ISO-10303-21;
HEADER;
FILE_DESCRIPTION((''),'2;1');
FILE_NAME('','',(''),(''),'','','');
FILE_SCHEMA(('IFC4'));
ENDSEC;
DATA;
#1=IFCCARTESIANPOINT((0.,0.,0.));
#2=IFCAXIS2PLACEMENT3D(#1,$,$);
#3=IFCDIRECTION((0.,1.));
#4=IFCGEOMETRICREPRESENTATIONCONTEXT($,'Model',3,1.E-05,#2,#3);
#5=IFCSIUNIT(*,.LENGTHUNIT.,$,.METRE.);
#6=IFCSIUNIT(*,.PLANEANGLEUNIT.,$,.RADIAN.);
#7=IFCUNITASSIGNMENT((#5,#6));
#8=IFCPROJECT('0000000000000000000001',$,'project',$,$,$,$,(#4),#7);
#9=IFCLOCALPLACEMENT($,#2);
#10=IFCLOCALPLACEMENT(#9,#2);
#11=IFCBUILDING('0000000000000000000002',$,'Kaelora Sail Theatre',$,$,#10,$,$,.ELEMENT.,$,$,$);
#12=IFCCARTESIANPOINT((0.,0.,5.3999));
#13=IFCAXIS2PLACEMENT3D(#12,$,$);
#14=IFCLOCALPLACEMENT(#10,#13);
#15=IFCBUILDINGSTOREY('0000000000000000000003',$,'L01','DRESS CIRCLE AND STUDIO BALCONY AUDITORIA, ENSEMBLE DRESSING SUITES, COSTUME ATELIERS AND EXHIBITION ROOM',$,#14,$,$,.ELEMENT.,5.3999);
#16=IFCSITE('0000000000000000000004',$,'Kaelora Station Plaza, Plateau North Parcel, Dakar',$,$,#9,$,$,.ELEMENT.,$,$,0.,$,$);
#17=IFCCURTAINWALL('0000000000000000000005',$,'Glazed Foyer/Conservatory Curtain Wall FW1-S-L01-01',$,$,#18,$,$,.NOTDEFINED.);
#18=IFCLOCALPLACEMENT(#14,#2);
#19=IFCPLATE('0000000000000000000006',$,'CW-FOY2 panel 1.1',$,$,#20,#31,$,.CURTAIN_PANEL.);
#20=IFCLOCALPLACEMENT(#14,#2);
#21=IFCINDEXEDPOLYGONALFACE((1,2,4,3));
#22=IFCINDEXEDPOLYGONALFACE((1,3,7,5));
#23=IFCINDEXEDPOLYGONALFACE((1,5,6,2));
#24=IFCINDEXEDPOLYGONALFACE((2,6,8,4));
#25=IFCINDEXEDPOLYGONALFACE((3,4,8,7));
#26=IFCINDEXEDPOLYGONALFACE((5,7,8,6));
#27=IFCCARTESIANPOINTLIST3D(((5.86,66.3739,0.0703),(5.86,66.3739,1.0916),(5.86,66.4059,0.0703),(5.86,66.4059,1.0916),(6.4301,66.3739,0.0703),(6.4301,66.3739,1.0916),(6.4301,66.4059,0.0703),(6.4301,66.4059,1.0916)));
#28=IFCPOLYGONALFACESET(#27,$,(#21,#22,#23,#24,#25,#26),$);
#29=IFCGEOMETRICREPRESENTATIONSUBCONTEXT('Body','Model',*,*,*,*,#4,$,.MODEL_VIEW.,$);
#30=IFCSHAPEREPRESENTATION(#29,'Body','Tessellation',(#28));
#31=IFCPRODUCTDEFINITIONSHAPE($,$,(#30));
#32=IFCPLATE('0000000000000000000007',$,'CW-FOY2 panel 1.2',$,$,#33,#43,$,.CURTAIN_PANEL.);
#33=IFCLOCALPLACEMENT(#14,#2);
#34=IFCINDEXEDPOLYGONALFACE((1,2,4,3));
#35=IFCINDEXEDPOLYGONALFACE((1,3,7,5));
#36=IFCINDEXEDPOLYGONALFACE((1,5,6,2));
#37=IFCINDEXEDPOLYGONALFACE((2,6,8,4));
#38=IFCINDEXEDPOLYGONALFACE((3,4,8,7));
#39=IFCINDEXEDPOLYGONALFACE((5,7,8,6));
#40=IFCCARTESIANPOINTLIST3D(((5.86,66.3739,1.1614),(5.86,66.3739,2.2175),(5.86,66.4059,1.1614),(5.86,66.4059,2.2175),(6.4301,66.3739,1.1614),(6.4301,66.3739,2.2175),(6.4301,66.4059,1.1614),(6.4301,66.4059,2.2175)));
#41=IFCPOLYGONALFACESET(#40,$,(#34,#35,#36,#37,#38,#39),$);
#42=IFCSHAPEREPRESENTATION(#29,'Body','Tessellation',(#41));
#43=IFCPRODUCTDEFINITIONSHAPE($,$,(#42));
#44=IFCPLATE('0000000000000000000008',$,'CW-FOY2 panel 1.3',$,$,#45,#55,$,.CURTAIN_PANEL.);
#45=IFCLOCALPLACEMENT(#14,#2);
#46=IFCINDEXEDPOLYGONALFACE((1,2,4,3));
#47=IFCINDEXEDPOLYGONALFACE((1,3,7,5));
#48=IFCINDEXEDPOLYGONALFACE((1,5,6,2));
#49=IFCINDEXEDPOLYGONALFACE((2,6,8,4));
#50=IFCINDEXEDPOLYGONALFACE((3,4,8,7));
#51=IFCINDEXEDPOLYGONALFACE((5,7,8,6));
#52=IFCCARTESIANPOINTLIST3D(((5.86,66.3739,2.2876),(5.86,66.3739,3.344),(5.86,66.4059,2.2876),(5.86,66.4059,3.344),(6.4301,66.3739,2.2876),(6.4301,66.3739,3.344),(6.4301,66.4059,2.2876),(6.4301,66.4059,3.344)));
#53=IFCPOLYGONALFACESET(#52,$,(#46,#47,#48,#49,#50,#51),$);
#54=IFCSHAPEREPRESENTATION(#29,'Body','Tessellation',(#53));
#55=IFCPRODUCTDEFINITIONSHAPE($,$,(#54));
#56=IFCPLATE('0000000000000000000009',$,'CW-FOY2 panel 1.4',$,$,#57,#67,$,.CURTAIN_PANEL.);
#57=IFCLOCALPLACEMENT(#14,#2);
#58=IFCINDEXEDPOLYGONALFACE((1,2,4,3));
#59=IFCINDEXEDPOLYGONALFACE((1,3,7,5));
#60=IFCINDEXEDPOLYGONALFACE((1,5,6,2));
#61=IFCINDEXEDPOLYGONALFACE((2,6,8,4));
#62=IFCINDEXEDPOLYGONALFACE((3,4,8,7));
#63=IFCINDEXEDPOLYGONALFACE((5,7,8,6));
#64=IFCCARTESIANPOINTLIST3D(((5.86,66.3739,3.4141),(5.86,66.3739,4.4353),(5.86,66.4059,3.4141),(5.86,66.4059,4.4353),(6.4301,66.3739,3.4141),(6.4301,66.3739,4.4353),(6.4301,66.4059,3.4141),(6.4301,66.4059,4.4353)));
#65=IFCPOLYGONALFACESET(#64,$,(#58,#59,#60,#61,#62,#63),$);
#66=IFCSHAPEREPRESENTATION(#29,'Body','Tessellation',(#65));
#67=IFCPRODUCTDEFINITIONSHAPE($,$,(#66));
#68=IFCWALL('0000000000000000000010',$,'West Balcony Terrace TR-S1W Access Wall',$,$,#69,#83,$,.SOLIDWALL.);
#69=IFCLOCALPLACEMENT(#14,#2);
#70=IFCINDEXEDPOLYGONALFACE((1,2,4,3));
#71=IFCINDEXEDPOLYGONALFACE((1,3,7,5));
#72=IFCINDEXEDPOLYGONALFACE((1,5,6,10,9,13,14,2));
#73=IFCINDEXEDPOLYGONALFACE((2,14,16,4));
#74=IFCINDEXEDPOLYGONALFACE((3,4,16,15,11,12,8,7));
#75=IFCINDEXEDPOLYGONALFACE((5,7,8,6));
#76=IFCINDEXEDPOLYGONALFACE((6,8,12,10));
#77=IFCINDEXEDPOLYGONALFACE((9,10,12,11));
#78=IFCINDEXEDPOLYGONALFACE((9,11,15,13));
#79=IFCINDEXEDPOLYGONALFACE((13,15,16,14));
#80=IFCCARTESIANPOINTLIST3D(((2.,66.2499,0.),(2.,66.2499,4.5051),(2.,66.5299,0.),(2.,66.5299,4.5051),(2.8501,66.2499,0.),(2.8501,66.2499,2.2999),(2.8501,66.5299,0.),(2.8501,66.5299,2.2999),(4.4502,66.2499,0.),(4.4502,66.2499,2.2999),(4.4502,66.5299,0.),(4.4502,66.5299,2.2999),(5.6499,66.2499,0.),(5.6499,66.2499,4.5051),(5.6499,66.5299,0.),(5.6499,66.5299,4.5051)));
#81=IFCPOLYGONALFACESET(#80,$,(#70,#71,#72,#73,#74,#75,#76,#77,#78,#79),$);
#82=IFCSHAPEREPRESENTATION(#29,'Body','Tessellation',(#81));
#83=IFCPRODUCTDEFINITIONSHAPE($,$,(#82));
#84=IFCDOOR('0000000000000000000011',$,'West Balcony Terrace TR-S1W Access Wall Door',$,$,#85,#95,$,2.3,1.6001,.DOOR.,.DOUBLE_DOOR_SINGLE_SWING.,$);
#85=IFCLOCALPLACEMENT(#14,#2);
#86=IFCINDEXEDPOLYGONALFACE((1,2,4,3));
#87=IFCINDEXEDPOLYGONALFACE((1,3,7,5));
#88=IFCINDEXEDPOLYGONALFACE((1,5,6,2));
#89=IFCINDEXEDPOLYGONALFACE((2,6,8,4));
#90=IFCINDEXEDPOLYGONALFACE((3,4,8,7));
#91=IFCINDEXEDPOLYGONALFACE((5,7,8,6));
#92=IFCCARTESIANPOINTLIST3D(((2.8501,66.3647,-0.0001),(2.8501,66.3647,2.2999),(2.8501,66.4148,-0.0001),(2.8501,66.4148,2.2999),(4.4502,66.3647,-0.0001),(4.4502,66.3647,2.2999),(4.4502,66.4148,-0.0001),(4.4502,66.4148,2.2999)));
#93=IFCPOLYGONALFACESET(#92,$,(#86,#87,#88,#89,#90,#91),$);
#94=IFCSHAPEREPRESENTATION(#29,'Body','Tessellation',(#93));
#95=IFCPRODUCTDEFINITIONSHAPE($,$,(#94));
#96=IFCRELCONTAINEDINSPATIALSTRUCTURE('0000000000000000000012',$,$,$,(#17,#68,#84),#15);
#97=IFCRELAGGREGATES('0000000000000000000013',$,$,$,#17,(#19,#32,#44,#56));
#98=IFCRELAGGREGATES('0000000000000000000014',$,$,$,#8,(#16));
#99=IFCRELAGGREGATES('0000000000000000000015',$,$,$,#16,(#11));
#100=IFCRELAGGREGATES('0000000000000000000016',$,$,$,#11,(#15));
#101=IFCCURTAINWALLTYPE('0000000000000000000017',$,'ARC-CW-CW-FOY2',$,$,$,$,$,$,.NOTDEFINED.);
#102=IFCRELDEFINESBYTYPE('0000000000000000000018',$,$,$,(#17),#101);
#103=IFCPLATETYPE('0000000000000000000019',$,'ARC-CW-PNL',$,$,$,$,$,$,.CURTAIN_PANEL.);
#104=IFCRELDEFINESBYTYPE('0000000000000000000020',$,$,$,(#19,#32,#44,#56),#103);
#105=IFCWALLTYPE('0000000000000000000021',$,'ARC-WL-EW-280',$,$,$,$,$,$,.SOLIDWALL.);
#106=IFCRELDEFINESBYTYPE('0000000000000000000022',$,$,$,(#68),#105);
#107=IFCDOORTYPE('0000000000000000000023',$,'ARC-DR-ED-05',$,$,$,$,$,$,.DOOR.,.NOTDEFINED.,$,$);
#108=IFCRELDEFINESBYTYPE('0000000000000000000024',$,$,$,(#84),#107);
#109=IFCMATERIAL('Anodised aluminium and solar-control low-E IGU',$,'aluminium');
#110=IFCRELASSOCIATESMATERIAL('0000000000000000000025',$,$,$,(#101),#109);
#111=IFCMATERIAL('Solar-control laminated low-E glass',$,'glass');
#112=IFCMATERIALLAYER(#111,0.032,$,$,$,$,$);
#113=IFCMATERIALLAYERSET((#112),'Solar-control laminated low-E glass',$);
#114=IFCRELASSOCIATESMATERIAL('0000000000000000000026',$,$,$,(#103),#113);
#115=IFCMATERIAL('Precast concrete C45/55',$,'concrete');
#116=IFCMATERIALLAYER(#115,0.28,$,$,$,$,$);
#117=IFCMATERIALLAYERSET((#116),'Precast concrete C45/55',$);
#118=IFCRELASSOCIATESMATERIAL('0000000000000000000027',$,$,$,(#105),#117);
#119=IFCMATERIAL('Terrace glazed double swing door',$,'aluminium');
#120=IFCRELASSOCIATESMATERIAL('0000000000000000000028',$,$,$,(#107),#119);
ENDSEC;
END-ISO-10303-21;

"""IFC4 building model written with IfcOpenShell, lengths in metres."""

from ifc_helpers import new_model, si_unit, direction, frame, frame_2d, origin, origin_2d, place, context, subcontext, project, spatial, rectangle, extrude, material, layer, layer_set, type_object, element, fill, aggregate, save


model = new_model("IFC4")

# Units and contexts
model_context = context("Model", 3, precision=1e-05, world=origin(), true_north=direction((0.0, 1.0)))
body_context = subcontext(model_context, "Body", "Model", "MODEL_VIEW")
ifc_project = project(units=[si_unit("LENGTHUNIT", "METRE"), si_unit("PLANEANGLEUNIT", "RADIAN")], contexts=[model_context])

# Site, building, storey
site_placement = place(None, origin())
site = spatial("IfcSite", under=ifc_project, at=site_placement, Name="Kaelora Station Plaza, Plateau North Parcel, Dakar", CompositionType="ELEMENT", RefElevation=0.0)
building_placement = place(site_placement, origin())
building = spatial("IfcBuilding", under=site, at=building_placement, Name="Kaelora Sail Theatre", CompositionType="ELEMENT")
storey_placement = place(building_placement, frame((0.0, 0.0, 5.3999)))
storey = spatial("IfcBuildingStorey", under=building, at=storey_placement, Name="L01", Description="DRESS CIRCLE AND STUDIO BALCONY AUDITORIA, ENSEMBLE DRESSING SUITES, COSTUME ATELIERS AND EXHIBITION ROOM", CompositionType="ELEMENT", Elevation=5.3999)

# Curtain wall
ifc_material_1 = material(Name="Anodised aluminium and solar-control low-E IGU", Category="aluminium")
curtain_wall_type = type_object("IfcCurtainWallType", Name="ARC-CW-CW-FOY2", PredefinedType="NOTDEFINED", material=ifc_material_1)
curtain_wall_placement = place(storey_placement, origin())
curtain_wall = element("IfcCurtainWall", 1, at=curtain_wall_placement, inside=storey, type_object=curtain_wall_type, Name="Glazed Foyer/Conservatory Curtain Wall FW1-S-L01-01", PredefinedType="NOTDEFINED")

# Plates
ifc_material_2 = material(Name="Solar-control laminated low-E glass", Category="glass")
ifc_layer_1 = layer(ifc_material_2, 0.032)
ifc_layer_set_1 = layer_set([ifc_layer_1], Name="Solar-control laminated low-E glass")
plate_type = type_object("IfcPlateType", Name="ARC-CW-PNL", PredefinedType="CURTAIN_PANEL", material=ifc_layer_set_1)
plate_1_placement = place(storey_placement, frame((6.145, 66.3899, 0.0703), z_axis=(0.0, 0.0, 1.0), x_axis=(1.0, 0.0, 0.0)))
plate_1 = element("IfcPlate", 2, at=plate_1_placement, type_object=plate_type, Name="CW-FOY2 panel 1.1", PredefinedType="CURTAIN_PANEL", context=body_context, shape_type="SweptSolid", body=[
    extrude(rectangle(XDim=0.5701, YDim=0.032, at=origin_2d()), origin(), (0.0, 0.0, 1.0), 1.0212),
])
plate_2_placement = place(storey_placement, frame((6.145, 66.3899, 1.1614), z_axis=(0.0, 0.0, 1.0), x_axis=(1.0, 0.0, 0.0)))
plate_2 = element("IfcPlate", 3, at=plate_2_placement, type_object=plate_type, Name="CW-FOY2 panel 1.2", PredefinedType="CURTAIN_PANEL", context=body_context, shape_type="SweptSolid", body=[
    extrude(rectangle(XDim=0.5701, YDim=0.032, at=origin_2d()), origin(), (0.0, 0.0, 1.0), 1.0562),
])
plate_3_placement = place(storey_placement, frame((6.145, 66.3899, 2.2876), z_axis=(0.0, 0.0, 1.0), x_axis=(1.0, 0.0, 0.0)))
plate_3 = element("IfcPlate", 4, at=plate_3_placement, type_object=plate_type, Name="CW-FOY2 panel 1.3", PredefinedType="CURTAIN_PANEL", context=body_context, shape_type="SweptSolid", body=[
    extrude(rectangle(XDim=0.5701, YDim=0.032, at=origin_2d()), origin(), (0.0, 0.0, 1.0), 1.0564),
])
plate_4_placement = place(storey_placement, frame((6.145, 66.3899, 3.4141), z_axis=(0.0, 0.0, 1.0), x_axis=(1.0, 0.0, 0.0)))
plate_4 = element("IfcPlate", 5, at=plate_4_placement, type_object=plate_type, Name="CW-FOY2 panel 1.4", PredefinedType="CURTAIN_PANEL", context=body_context, shape_type="SweptSolid", body=[
    extrude(rectangle(XDim=0.5701, YDim=0.032, at=origin_2d()), origin(), (0.0, 0.0, 1.0), 1.0212),
])
aggregate(curtain_wall, [plate_1, plate_2, plate_3, plate_4])

# Wall, opening, door
ifc_material_3 = material(Name="Precast concrete C45/55", Category="concrete")
ifc_layer_2 = layer(ifc_material_3, 0.28)
ifc_layer_set_2 = layer_set([ifc_layer_2], Name="Precast concrete C45/55")
wall_type = type_object("IfcWallType", Name="ARC-WL-EW-280", PredefinedType="SOLIDWALL", material=ifc_layer_set_2)
wall_placement = place(storey_placement, frame((2.0, 66.3899, 0.0), z_axis=(0.0, 0.0, 1.0), x_axis=(1.0, 0.0, 0.0)))
wall = element("IfcWall", 6, at=wall_placement, inside=storey, type_object=wall_type, Name="West Balcony Terrace TR-S1W Access Wall", PredefinedType="SOLIDWALL", context=body_context, shape_type="SweptSolid", body=[
    extrude(rectangle(XDim=3.6499, YDim=0.28, at=frame_2d((1.825, 0.0))), origin(), (0.0, 0.0, 1.0), 4.5051),
])
opening_placement = place(wall_placement, frame((0.8501, 0.0, 0.0)))
opening = element("IfcOpeningElement", 7, at=opening_placement, cuts=wall, PredefinedType="OPENING", context=body_context, shape_type="SweptSolid", body=[
    extrude(rectangle(XDim=1.6001, YDim=2.3, at=frame_2d((0.8, 1.1499))), frame((0.0, 0.1501, 0.0), z_axis=(0.0, -1.0, 0.0), x_axis=(1.0, 0.0, 0.0)), (0.0, 0.0, 1.0), 0.3),
])
ifc_material_4 = material(Name="Terrace glazed double swing door", Category="aluminium")
door_type = type_object("IfcDoorType", Name="ARC-DR-ED-05", OperationType="NOTDEFINED", PredefinedType="DOOR", material=ifc_material_4)
door_placement = place(opening_placement, origin())
door = element("IfcDoor", 8, at=door_placement, inside=storey, type_object=door_type, Name="West Balcony Terrace TR-S1W Access Wall Door", OperationType="DOUBLE_DOOR_SINGLE_SWING", OverallHeight=2.3, OverallWidth=1.6001, PredefinedType="DOOR", context=body_context, shape_type="SweptSolid", body=[
    extrude(rectangle(XDim=1.6001, YDim=2.3, at=frame_2d((0.8, 1.1499))), frame((0.0, 0.0249, 0.0), z_axis=(0.0, -1.0, 0.0), x_axis=(1.0, 0.0, 0.0)), (0.0, 0.0, 1.0), 0.05),
])
fill(opening, door)

save(model, "model.ifc")
